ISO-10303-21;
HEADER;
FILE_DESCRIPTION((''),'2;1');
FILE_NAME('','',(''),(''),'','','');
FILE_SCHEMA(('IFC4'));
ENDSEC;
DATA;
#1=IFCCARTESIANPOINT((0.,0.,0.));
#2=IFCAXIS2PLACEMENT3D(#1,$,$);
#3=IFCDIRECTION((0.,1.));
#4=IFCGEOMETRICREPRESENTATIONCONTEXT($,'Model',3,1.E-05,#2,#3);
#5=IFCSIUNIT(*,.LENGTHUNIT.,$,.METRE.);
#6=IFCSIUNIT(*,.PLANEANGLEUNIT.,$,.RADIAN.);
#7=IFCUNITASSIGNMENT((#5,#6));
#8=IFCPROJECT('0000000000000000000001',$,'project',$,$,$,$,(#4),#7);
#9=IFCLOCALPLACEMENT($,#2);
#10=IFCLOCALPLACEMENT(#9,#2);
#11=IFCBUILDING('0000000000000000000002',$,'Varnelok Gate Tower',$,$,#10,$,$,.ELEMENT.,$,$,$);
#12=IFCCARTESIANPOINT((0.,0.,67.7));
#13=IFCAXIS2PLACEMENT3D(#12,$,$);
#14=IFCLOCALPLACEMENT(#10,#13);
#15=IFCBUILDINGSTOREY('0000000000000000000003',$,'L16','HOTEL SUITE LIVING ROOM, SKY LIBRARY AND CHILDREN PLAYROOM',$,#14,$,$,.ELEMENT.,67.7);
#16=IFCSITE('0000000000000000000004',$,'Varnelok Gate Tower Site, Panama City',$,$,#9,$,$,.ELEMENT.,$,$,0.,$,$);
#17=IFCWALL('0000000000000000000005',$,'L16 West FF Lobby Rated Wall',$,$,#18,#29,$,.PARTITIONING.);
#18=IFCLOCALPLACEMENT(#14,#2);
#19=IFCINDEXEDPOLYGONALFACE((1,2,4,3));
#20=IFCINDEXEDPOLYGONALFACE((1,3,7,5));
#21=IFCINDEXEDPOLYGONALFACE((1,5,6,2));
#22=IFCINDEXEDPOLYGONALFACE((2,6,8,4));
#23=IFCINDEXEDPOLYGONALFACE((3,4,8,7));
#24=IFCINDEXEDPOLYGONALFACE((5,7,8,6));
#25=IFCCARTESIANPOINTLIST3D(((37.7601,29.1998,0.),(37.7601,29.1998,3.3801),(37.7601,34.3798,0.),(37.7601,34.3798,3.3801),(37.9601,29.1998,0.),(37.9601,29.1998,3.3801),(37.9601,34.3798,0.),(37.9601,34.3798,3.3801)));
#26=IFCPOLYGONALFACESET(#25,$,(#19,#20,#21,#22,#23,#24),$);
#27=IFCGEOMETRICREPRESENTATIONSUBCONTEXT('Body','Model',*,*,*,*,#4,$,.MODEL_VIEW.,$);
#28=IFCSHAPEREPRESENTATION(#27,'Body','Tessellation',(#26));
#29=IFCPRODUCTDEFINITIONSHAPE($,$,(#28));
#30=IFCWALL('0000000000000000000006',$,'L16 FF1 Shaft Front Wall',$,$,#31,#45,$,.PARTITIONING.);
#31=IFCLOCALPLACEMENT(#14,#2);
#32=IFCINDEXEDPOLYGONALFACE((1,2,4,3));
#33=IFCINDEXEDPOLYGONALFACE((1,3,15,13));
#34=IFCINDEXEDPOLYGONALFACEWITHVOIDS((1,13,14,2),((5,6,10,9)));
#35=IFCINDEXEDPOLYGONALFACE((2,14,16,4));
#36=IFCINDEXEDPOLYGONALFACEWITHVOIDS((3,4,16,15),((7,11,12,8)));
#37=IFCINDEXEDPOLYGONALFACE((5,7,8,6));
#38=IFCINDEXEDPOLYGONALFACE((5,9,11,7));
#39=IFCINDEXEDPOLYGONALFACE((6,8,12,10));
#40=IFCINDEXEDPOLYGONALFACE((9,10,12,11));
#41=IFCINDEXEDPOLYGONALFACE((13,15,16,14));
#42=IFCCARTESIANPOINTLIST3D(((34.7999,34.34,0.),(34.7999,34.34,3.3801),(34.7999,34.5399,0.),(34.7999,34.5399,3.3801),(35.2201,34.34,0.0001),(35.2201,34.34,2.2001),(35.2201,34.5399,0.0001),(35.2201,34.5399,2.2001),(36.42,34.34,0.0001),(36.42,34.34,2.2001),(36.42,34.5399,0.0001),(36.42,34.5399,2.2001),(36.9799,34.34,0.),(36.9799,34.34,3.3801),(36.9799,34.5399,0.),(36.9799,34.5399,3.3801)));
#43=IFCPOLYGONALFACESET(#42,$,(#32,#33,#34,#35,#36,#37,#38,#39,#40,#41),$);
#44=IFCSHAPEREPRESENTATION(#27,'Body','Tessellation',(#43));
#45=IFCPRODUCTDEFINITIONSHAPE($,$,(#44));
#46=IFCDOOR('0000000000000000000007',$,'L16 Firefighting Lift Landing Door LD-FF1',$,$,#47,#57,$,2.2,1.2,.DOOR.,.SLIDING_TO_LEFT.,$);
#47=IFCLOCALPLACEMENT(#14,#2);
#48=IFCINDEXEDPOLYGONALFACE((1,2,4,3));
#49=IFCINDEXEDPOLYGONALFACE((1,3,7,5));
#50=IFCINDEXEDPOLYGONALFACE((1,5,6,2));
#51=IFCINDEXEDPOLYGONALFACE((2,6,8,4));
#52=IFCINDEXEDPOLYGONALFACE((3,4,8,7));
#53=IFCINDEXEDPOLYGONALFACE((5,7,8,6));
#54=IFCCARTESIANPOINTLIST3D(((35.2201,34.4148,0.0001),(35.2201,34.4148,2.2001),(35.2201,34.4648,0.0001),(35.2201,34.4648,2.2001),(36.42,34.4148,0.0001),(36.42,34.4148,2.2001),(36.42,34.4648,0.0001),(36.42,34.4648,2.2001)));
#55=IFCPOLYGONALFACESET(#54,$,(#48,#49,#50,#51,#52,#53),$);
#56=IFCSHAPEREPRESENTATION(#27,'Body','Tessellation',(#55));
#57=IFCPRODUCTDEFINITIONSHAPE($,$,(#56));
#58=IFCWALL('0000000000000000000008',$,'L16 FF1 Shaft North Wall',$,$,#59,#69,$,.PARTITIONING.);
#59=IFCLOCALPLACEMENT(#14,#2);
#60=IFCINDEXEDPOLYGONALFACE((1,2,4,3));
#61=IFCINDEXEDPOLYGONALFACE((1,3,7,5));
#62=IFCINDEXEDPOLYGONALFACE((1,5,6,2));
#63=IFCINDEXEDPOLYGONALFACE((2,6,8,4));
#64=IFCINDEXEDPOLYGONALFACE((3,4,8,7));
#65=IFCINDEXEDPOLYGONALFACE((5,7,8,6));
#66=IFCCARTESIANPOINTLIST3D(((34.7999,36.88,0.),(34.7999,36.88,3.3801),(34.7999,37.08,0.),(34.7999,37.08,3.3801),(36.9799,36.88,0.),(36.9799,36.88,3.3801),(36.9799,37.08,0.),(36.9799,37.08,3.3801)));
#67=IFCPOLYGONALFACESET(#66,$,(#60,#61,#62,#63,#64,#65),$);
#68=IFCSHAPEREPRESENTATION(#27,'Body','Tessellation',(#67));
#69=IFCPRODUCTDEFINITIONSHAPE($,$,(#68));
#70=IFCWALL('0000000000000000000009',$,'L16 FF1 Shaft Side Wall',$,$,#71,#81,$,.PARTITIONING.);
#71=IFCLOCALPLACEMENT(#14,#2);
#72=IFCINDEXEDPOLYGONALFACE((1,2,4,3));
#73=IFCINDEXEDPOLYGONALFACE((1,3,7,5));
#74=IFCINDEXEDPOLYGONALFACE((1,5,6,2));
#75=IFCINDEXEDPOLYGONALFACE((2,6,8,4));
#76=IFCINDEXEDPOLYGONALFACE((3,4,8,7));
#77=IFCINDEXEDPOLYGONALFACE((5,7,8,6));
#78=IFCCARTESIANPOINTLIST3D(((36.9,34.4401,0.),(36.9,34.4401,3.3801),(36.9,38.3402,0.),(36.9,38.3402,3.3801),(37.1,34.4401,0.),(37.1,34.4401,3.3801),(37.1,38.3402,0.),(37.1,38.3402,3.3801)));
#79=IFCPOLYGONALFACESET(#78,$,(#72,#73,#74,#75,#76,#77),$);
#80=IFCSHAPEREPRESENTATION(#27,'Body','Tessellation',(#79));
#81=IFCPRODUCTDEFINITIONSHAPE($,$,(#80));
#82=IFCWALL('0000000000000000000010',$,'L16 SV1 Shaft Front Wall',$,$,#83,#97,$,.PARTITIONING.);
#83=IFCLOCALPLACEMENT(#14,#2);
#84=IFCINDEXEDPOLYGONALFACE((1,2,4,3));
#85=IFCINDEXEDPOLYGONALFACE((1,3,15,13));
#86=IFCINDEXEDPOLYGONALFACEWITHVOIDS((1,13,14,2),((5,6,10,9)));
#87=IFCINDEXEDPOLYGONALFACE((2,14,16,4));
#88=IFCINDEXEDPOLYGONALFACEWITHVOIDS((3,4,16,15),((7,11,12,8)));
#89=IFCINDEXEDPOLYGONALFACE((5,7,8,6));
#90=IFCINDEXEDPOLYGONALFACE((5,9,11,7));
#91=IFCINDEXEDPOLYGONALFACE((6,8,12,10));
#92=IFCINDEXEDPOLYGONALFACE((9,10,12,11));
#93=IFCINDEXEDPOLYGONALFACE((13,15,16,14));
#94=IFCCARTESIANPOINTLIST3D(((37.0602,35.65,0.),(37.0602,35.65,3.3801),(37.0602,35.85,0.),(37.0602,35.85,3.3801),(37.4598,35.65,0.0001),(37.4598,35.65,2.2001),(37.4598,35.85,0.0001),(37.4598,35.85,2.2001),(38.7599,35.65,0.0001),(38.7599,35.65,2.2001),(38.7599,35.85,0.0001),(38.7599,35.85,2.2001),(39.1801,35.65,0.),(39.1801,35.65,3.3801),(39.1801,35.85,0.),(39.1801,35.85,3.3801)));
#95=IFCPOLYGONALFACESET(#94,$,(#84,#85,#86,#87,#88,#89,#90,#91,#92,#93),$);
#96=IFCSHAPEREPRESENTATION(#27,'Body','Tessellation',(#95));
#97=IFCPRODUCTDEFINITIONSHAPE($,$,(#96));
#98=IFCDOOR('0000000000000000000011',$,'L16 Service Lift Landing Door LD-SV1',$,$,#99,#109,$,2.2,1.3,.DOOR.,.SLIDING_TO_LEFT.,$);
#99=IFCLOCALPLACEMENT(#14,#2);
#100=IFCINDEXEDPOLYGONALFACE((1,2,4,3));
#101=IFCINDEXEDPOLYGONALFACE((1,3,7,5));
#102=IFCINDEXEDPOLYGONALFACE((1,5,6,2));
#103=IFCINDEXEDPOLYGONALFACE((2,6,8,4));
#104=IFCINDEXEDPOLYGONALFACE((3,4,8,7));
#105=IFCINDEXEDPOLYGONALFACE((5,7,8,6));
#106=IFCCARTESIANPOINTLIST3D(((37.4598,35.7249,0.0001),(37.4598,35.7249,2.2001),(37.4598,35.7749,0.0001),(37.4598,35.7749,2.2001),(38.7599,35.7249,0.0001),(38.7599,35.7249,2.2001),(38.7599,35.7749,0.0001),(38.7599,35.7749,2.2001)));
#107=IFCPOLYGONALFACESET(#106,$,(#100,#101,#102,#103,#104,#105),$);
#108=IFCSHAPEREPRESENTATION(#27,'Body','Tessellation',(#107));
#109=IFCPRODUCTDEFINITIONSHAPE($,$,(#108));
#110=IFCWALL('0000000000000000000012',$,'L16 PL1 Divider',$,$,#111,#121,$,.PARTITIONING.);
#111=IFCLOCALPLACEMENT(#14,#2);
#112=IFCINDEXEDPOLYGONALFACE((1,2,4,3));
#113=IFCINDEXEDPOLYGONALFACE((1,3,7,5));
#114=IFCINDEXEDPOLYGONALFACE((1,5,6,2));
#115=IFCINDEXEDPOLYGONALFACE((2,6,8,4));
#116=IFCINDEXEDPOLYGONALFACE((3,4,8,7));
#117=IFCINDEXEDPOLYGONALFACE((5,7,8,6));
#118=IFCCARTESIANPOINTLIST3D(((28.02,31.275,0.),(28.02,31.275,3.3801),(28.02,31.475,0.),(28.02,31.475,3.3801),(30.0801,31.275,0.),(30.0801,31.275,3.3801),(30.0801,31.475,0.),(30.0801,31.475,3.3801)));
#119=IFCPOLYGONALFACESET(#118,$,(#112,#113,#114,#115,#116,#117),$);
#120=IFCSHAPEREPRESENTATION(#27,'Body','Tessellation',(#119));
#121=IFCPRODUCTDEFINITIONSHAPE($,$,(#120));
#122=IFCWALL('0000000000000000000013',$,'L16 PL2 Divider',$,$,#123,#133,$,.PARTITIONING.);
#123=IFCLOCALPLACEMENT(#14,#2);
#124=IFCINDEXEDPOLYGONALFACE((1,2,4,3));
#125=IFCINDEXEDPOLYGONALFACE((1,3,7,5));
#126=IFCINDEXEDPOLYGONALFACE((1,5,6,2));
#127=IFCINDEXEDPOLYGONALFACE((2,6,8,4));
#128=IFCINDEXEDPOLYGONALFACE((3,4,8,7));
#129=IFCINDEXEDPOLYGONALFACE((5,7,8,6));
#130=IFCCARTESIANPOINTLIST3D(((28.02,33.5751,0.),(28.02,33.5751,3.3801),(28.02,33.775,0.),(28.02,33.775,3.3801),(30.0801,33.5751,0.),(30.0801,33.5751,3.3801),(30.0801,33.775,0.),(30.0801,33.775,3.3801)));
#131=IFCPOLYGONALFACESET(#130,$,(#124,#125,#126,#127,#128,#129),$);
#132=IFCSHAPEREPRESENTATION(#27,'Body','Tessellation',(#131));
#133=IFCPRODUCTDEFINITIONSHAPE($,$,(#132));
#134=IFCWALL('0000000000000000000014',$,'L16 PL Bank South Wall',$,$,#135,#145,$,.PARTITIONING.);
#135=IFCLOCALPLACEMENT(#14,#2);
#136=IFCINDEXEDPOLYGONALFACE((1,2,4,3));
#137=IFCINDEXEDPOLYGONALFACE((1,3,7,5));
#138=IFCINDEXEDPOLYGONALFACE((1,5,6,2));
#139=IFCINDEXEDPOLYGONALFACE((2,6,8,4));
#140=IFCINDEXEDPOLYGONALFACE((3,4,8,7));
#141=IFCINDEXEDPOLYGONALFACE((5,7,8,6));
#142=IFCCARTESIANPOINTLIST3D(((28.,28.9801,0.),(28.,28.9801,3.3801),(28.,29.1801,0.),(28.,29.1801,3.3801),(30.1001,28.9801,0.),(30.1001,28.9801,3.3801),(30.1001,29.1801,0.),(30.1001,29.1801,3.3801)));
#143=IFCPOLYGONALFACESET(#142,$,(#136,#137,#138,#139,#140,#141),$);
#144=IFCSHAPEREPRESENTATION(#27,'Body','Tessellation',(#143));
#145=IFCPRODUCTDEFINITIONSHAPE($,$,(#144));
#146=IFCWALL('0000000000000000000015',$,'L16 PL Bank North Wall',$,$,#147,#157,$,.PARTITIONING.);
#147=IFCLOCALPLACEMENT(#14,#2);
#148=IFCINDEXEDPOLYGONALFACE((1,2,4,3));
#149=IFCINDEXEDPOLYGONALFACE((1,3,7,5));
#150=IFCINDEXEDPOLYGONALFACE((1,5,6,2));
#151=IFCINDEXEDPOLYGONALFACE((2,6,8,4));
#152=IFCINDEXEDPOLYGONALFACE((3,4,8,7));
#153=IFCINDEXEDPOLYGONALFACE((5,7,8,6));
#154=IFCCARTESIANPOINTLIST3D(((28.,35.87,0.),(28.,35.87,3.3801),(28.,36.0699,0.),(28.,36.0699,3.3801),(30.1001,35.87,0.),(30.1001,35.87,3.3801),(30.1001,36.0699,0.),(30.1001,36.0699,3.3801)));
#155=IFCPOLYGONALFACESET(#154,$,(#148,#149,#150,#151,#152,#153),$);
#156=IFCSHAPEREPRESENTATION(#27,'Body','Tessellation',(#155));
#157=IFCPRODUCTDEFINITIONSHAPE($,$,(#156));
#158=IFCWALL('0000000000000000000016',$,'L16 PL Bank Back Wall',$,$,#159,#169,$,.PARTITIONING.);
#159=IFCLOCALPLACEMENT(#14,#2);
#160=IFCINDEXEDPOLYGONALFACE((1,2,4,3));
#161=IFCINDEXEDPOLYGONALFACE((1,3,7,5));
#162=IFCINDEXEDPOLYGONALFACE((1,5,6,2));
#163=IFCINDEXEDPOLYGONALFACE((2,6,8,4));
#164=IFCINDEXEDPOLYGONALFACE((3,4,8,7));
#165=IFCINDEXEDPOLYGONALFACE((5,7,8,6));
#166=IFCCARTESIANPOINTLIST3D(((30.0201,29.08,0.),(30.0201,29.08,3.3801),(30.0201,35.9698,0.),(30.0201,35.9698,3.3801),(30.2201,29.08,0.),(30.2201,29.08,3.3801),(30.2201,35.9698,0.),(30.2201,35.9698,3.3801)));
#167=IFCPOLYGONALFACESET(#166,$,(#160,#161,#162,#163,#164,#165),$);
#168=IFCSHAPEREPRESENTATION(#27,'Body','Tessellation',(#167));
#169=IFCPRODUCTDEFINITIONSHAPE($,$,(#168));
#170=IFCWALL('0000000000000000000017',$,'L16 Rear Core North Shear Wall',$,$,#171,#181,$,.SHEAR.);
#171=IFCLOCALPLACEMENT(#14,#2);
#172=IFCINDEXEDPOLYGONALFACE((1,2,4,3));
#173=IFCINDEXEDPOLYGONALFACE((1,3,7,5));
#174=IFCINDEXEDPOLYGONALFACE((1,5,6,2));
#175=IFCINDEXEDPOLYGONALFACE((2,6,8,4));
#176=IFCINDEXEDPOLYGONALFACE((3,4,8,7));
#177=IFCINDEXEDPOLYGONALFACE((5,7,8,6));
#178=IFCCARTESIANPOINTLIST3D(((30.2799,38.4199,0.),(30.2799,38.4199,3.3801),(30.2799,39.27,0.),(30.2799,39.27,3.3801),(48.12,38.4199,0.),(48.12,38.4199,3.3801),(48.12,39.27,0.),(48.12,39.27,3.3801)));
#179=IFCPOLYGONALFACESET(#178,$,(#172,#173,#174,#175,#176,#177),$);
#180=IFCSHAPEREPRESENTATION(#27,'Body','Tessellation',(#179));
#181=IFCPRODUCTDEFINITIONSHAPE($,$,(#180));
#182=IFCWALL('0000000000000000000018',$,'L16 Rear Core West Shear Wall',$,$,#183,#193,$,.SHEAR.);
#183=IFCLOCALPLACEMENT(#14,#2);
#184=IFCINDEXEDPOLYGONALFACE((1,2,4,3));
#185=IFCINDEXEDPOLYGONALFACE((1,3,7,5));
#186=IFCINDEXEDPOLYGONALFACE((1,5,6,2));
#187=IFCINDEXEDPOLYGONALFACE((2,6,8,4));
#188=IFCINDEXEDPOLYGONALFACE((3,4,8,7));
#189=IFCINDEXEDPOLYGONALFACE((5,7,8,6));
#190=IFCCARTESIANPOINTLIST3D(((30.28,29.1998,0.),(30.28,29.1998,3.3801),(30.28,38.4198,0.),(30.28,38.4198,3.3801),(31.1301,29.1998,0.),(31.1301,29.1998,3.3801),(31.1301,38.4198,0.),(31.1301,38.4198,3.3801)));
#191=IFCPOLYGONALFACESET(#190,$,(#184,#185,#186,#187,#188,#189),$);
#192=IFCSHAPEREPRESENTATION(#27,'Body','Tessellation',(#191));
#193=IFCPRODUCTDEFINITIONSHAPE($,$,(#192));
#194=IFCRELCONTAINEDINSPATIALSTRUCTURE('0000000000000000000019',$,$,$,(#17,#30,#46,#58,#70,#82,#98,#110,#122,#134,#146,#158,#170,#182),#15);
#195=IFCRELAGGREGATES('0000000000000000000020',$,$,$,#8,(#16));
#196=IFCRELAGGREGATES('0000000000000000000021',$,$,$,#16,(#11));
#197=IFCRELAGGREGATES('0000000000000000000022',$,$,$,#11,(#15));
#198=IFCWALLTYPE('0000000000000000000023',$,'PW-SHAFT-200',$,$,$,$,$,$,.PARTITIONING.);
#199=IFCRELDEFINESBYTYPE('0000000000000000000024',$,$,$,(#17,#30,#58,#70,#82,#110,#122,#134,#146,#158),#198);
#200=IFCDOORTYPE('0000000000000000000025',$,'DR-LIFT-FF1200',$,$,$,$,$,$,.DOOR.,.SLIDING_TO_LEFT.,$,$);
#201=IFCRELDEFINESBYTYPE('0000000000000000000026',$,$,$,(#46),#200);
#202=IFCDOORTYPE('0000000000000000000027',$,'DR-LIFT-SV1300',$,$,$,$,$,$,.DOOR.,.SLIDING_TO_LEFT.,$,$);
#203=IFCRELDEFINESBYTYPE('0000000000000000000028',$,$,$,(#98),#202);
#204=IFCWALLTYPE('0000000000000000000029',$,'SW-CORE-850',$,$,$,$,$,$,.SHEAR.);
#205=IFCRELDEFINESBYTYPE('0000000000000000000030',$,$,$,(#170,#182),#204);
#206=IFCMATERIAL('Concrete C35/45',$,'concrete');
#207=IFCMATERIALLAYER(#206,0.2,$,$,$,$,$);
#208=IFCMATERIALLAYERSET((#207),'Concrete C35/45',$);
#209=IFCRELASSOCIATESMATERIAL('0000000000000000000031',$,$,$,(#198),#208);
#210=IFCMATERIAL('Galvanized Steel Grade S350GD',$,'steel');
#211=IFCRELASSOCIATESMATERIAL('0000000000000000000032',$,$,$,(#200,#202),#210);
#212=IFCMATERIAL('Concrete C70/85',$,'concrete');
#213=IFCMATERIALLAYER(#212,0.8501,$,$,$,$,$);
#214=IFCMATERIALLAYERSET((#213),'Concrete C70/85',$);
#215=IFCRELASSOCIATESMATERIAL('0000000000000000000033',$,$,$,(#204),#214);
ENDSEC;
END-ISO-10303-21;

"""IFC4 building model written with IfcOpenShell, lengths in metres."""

from ifc_helpers import new_model, si_unit, direction, frame, frame_2d, origin, place, context, subcontext, project, spatial, rectangle, extrude, material, layer, layer_set, type_object, element, fill, save


model = new_model("IFC4")

# Units and contexts
model_context = context("Model", 3, precision=1e-05, world=origin(), true_north=direction((0.0, 1.0)))
body_context = subcontext(model_context, "Body", "Model", "MODEL_VIEW")
ifc_project = project(units=[si_unit("LENGTHUNIT", "METRE"), si_unit("PLANEANGLEUNIT", "RADIAN")], contexts=[model_context])

# Site, building, storey
site_placement = place(None, origin())
site = spatial("IfcSite", under=ifc_project, at=site_placement, Name="Varnelok Gate Tower Site, Panama City", CompositionType="ELEMENT", RefElevation=0.0)
building_placement = place(site_placement, origin())
building = spatial("IfcBuilding", under=site, at=building_placement, Name="Varnelok Gate Tower", CompositionType="ELEMENT")
storey_placement = place(building_placement, frame((0.0, 0.0, 67.7)))
storey = spatial("IfcBuildingStorey", under=building, at=storey_placement, Name="L16", Description="HOTEL SUITE LIVING ROOM, SKY LIBRARY AND CHILDREN PLAYROOM", CompositionType="ELEMENT", Elevation=67.7)

# Wall
ifc_material_1 = material(Name="Concrete C35/45", Category="concrete")
ifc_layer_1 = layer(ifc_material_1, 0.2)
ifc_layer_set_1 = layer_set([ifc_layer_1], Name="Concrete C35/45")
wall_type_1 = type_object("IfcWallType", Name="PW-SHAFT-200", PredefinedType="PARTITIONING", material=ifc_layer_set_1)
wall_1_placement = place(storey_placement, frame((37.8601, 29.2, 0.0), z_axis=(0.0, 0.0, 1.0), x_axis=(0.0, 1.0, 0.0)))
element("IfcWall", 1, at=wall_1_placement, inside=storey, type_object=wall_type_1, Name="L16 West FF Lobby Rated Wall", PredefinedType="PARTITIONING", context=body_context, shape_type="SweptSolid", body=[
    extrude(rectangle(XDim=5.1799, YDim=0.2, at=frame_2d((2.5898, 0.0))), origin(), (0.0, 0.0, 1.0), 3.3801),
])

# Wall, opening, door
wall_2_placement = place(storey_placement, frame((34.8, 34.4399, 0.0), z_axis=(0.0, 0.0, 1.0), x_axis=(1.0, 0.0, 0.0)))
wall_2 = element("IfcWall", 2, at=wall_2_placement, inside=storey, type_object=wall_type_1, Name="L16 FF1 Shaft Front Wall", PredefinedType="PARTITIONING", context=body_context, shape_type="SweptSolid", body=[
    extrude(rectangle(XDim=2.1799, YDim=0.2, at=frame_2d((1.0898, 0.0))), origin(), (0.0, 0.0, 1.0), 3.3801),
])
opening_1_placement = place(wall_2_placement, frame((0.4199, 0.0, 0.0)))
opening_1 = element("IfcOpeningElement", 3, at=opening_1_placement, cuts=wall_2, PredefinedType="OPENING", context=body_context, shape_type="SweptSolid", body=[
    extrude(rectangle(XDim=1.2, YDim=2.2, at=frame_2d((0.6001, 1.1001))), frame((0.0, 0.1099, 0.0), z_axis=(0.0, -1.0, 0.0), x_axis=(1.0, 0.0, 0.0)), (0.0, 0.0, 1.0), 0.22),
])
ifc_material_2 = material(Name="Galvanized Steel Grade S350GD", Category="steel")
door_type_1 = type_object("IfcDoorType", Name="DR-LIFT-FF1200", OperationType="SLIDING_TO_LEFT", PredefinedType="DOOR", material=ifc_material_2)
door_1_placement = place(opening_1_placement, origin())
door_1 = element("IfcDoor", 4, at=door_1_placement, inside=storey, type_object=door_type_1, Name="L16 Firefighting Lift Landing Door LD-FF1", OperationType="SLIDING_TO_LEFT", OverallHeight=2.2, OverallWidth=1.2, PredefinedType="DOOR", context=body_context, shape_type="SweptSolid", body=[
    extrude(rectangle(XDim=1.2, YDim=2.2, at=frame_2d((0.6001, 1.1001))), frame((0.0, 0.0249, 0.0), z_axis=(0.0, -1.0, 0.0), x_axis=(1.0, 0.0, 0.0)), (0.0, 0.0, 1.0), 0.05),
])
fill(opening_1, door_1)

# Walls
wall_3_placement = place(storey_placement, frame((34.8, 36.98, 0.0), z_axis=(0.0, 0.0, 1.0), x_axis=(1.0, 0.0, 0.0)))
element("IfcWall", 5, at=wall_3_placement, inside=storey, type_object=wall_type_1, Name="L16 FF1 Shaft North Wall", PredefinedType="PARTITIONING", context=body_context, shape_type="SweptSolid", body=[
    extrude(rectangle(XDim=2.1799, YDim=0.2, at=frame_2d((1.0898, 0.0))), origin(), (0.0, 0.0, 1.0), 3.3801),
])
wall_4_placement = place(storey_placement, frame((37.0, 34.4399, 0.0), z_axis=(0.0, 0.0, 1.0), x_axis=(0.0, 1.0, 0.0)))
element("IfcWall", 6, at=wall_4_placement, inside=storey, type_object=wall_type_1, Name="L16 FF1 Shaft Side Wall", PredefinedType="PARTITIONING", context=body_context, shape_type="SweptSolid", body=[
    extrude(rectangle(XDim=3.9001, YDim=0.2, at=frame_2d((1.9502, 0.0))), origin(), (0.0, 0.0, 1.0), 3.3801),
])

# Wall, opening, door
wall_5_placement = place(storey_placement, frame((37.0601, 35.75, 0.0), z_axis=(0.0, 0.0, 1.0), x_axis=(1.0, 0.0, 0.0)))
wall_5 = element("IfcWall", 7, at=wall_5_placement, inside=storey, type_object=wall_type_1, Name="L16 SV1 Shaft Front Wall", PredefinedType="PARTITIONING", context=body_context, shape_type="SweptSolid", body=[
    extrude(rectangle(XDim=2.1199, YDim=0.2, at=frame_2d((1.0601, 0.0))), origin(), (0.0, 0.0, 1.0), 3.3801),
])
opening_2_placement = place(wall_5_placement, frame((0.3999, 0.0, 0.0)))
opening_2 = element("IfcOpeningElement", 8, at=opening_2_placement, cuts=wall_5, PredefinedType="OPENING", context=body_context, shape_type="SweptSolid", body=[
    extrude(rectangle(XDim=1.3, YDim=2.2, at=frame_2d((0.6499, 1.1001))), frame((0.0, 0.1099, 0.0), z_axis=(0.0, -1.0, 0.0), x_axis=(1.0, 0.0, 0.0)), (0.0, 0.0, 1.0), 0.22),
])
door_type_2 = type_object("IfcDoorType", Name="DR-LIFT-SV1300", OperationType="SLIDING_TO_LEFT", PredefinedType="DOOR", material=ifc_material_2)
door_2_placement = place(opening_2_placement, origin())
door_2 = element("IfcDoor", 9, at=door_2_placement, inside=storey, type_object=door_type_2, Name="L16 Service Lift Landing Door LD-SV1", OperationType="SLIDING_TO_LEFT", OverallHeight=2.2, OverallWidth=1.3, PredefinedType="DOOR", context=body_context, shape_type="SweptSolid", body=[
    extrude(rectangle(XDim=1.3, YDim=2.2, at=frame_2d((0.6499, 1.1001))), frame((0.0, 0.0249, 0.0), z_axis=(0.0, -1.0, 0.0), x_axis=(1.0, 0.0, 0.0)), (0.0, 0.0, 1.0), 0.05),
])
fill(opening_2, door_2)

# Walls
for number, where, z_axis, x_axis, name in (
    (10, (28.02, 31.375, 0.0), (0.0, 0.0, 1.0), (1.0, 0.0, 0.0), "L16 PL1 Divider"),
    (11, (28.02, 33.675, 0.0), (0.0, 0.0, 1.0), (1.0, 0.0, 0.0), "L16 PL2 Divider"),
):
    element("IfcWall", number, at=place(storey_placement, frame(where, z_axis=z_axis, x_axis=x_axis)), inside=storey, type_object=wall_type_1, Name=name, PredefinedType="PARTITIONING", context=body_context, shape_type="SweptSolid", body=[
        extrude(rectangle(XDim=2.0601, YDim=0.2, at=frame_2d((1.03, 0.0))), origin(), (0.0, 0.0, 1.0), 3.3801),
    ])
for number, where, z_axis, x_axis, name in (
    (12, (28.0, 29.0801, 0.0), (0.0, 0.0, 1.0), (1.0, 0.0, 0.0), "L16 PL Bank South Wall"),
    (13, (28.0, 35.97, 0.0), (0.0, 0.0, 1.0), (1.0, 0.0, 0.0), "L16 PL Bank North Wall"),
):
    element("IfcWall", number, at=place(storey_placement, frame(where, z_axis=z_axis, x_axis=x_axis)), inside=storey, type_object=wall_type_1, Name=name, PredefinedType="PARTITIONING", context=body_context, shape_type="SweptSolid", body=[
        extrude(rectangle(XDim=2.1001, YDim=0.2, at=frame_2d((1.05, 0.0))), origin(), (0.0, 0.0, 1.0), 3.3801),
    ])
wall_6_placement = place(storey_placement, frame((30.1201, 29.0801, 0.0), z_axis=(0.0, 0.0, 1.0), x_axis=(0.0, 1.0, 0.0)))
element("IfcWall", 14, at=wall_6_placement, inside=storey, type_object=wall_type_1, Name="L16 PL Bank Back Wall", PredefinedType="PARTITIONING", context=body_context, shape_type="SweptSolid", body=[
    extrude(rectangle(XDim=6.8899, YDim=0.2, at=frame_2d((3.4448, 0.0))), origin(), (0.0, 0.0, 1.0), 3.3801),
])

# Walls
ifc_material_3 = material(Name="Concrete C70/85", Category="concrete")
ifc_layer_2 = layer(ifc_material_3, 0.8501)
ifc_layer_set_2 = layer_set([ifc_layer_2], Name="Concrete C70/85")
wall_type_2 = type_object("IfcWallType", Name="SW-CORE-850", PredefinedType="SHEAR", material=ifc_layer_set_2)
wall_7_placement = place(storey_placement, frame((30.28, 38.845, 0.0), z_axis=(0.0, 0.0, 1.0), x_axis=(1.0, 0.0, 0.0)))
element("IfcWall", 15, at=wall_7_placement, inside=storey, type_object=wall_type_2, Name="L16 Rear Core North Shear Wall", PredefinedType="SHEAR", context=body_context, shape_type="SweptSolid", body=[
    extrude(rectangle(XDim=17.8401, YDim=0.8501, at=frame_2d((8.9199, 0.0))), origin(), (0.0, 0.0, 1.0), 3.3801),
])
wall_8_placement = place(storey_placement, frame((30.7051, 29.2, 0.0), z_axis=(0.0, 0.0, 1.0), x_axis=(0.0, 1.0, 0.0)))
element("IfcWall", 16, at=wall_8_placement, inside=storey, type_object=wall_type_2, Name="L16 Rear Core West Shear Wall", PredefinedType="SHEAR", context=body_context, shape_type="SweptSolid", body=[
    extrude(rectangle(XDim=9.22, YDim=0.8501, at=frame_2d((4.6099, 0.0))), origin(), (0.0, 0.0, 1.0), 3.3801),
])

save(model, "model.ifc")
